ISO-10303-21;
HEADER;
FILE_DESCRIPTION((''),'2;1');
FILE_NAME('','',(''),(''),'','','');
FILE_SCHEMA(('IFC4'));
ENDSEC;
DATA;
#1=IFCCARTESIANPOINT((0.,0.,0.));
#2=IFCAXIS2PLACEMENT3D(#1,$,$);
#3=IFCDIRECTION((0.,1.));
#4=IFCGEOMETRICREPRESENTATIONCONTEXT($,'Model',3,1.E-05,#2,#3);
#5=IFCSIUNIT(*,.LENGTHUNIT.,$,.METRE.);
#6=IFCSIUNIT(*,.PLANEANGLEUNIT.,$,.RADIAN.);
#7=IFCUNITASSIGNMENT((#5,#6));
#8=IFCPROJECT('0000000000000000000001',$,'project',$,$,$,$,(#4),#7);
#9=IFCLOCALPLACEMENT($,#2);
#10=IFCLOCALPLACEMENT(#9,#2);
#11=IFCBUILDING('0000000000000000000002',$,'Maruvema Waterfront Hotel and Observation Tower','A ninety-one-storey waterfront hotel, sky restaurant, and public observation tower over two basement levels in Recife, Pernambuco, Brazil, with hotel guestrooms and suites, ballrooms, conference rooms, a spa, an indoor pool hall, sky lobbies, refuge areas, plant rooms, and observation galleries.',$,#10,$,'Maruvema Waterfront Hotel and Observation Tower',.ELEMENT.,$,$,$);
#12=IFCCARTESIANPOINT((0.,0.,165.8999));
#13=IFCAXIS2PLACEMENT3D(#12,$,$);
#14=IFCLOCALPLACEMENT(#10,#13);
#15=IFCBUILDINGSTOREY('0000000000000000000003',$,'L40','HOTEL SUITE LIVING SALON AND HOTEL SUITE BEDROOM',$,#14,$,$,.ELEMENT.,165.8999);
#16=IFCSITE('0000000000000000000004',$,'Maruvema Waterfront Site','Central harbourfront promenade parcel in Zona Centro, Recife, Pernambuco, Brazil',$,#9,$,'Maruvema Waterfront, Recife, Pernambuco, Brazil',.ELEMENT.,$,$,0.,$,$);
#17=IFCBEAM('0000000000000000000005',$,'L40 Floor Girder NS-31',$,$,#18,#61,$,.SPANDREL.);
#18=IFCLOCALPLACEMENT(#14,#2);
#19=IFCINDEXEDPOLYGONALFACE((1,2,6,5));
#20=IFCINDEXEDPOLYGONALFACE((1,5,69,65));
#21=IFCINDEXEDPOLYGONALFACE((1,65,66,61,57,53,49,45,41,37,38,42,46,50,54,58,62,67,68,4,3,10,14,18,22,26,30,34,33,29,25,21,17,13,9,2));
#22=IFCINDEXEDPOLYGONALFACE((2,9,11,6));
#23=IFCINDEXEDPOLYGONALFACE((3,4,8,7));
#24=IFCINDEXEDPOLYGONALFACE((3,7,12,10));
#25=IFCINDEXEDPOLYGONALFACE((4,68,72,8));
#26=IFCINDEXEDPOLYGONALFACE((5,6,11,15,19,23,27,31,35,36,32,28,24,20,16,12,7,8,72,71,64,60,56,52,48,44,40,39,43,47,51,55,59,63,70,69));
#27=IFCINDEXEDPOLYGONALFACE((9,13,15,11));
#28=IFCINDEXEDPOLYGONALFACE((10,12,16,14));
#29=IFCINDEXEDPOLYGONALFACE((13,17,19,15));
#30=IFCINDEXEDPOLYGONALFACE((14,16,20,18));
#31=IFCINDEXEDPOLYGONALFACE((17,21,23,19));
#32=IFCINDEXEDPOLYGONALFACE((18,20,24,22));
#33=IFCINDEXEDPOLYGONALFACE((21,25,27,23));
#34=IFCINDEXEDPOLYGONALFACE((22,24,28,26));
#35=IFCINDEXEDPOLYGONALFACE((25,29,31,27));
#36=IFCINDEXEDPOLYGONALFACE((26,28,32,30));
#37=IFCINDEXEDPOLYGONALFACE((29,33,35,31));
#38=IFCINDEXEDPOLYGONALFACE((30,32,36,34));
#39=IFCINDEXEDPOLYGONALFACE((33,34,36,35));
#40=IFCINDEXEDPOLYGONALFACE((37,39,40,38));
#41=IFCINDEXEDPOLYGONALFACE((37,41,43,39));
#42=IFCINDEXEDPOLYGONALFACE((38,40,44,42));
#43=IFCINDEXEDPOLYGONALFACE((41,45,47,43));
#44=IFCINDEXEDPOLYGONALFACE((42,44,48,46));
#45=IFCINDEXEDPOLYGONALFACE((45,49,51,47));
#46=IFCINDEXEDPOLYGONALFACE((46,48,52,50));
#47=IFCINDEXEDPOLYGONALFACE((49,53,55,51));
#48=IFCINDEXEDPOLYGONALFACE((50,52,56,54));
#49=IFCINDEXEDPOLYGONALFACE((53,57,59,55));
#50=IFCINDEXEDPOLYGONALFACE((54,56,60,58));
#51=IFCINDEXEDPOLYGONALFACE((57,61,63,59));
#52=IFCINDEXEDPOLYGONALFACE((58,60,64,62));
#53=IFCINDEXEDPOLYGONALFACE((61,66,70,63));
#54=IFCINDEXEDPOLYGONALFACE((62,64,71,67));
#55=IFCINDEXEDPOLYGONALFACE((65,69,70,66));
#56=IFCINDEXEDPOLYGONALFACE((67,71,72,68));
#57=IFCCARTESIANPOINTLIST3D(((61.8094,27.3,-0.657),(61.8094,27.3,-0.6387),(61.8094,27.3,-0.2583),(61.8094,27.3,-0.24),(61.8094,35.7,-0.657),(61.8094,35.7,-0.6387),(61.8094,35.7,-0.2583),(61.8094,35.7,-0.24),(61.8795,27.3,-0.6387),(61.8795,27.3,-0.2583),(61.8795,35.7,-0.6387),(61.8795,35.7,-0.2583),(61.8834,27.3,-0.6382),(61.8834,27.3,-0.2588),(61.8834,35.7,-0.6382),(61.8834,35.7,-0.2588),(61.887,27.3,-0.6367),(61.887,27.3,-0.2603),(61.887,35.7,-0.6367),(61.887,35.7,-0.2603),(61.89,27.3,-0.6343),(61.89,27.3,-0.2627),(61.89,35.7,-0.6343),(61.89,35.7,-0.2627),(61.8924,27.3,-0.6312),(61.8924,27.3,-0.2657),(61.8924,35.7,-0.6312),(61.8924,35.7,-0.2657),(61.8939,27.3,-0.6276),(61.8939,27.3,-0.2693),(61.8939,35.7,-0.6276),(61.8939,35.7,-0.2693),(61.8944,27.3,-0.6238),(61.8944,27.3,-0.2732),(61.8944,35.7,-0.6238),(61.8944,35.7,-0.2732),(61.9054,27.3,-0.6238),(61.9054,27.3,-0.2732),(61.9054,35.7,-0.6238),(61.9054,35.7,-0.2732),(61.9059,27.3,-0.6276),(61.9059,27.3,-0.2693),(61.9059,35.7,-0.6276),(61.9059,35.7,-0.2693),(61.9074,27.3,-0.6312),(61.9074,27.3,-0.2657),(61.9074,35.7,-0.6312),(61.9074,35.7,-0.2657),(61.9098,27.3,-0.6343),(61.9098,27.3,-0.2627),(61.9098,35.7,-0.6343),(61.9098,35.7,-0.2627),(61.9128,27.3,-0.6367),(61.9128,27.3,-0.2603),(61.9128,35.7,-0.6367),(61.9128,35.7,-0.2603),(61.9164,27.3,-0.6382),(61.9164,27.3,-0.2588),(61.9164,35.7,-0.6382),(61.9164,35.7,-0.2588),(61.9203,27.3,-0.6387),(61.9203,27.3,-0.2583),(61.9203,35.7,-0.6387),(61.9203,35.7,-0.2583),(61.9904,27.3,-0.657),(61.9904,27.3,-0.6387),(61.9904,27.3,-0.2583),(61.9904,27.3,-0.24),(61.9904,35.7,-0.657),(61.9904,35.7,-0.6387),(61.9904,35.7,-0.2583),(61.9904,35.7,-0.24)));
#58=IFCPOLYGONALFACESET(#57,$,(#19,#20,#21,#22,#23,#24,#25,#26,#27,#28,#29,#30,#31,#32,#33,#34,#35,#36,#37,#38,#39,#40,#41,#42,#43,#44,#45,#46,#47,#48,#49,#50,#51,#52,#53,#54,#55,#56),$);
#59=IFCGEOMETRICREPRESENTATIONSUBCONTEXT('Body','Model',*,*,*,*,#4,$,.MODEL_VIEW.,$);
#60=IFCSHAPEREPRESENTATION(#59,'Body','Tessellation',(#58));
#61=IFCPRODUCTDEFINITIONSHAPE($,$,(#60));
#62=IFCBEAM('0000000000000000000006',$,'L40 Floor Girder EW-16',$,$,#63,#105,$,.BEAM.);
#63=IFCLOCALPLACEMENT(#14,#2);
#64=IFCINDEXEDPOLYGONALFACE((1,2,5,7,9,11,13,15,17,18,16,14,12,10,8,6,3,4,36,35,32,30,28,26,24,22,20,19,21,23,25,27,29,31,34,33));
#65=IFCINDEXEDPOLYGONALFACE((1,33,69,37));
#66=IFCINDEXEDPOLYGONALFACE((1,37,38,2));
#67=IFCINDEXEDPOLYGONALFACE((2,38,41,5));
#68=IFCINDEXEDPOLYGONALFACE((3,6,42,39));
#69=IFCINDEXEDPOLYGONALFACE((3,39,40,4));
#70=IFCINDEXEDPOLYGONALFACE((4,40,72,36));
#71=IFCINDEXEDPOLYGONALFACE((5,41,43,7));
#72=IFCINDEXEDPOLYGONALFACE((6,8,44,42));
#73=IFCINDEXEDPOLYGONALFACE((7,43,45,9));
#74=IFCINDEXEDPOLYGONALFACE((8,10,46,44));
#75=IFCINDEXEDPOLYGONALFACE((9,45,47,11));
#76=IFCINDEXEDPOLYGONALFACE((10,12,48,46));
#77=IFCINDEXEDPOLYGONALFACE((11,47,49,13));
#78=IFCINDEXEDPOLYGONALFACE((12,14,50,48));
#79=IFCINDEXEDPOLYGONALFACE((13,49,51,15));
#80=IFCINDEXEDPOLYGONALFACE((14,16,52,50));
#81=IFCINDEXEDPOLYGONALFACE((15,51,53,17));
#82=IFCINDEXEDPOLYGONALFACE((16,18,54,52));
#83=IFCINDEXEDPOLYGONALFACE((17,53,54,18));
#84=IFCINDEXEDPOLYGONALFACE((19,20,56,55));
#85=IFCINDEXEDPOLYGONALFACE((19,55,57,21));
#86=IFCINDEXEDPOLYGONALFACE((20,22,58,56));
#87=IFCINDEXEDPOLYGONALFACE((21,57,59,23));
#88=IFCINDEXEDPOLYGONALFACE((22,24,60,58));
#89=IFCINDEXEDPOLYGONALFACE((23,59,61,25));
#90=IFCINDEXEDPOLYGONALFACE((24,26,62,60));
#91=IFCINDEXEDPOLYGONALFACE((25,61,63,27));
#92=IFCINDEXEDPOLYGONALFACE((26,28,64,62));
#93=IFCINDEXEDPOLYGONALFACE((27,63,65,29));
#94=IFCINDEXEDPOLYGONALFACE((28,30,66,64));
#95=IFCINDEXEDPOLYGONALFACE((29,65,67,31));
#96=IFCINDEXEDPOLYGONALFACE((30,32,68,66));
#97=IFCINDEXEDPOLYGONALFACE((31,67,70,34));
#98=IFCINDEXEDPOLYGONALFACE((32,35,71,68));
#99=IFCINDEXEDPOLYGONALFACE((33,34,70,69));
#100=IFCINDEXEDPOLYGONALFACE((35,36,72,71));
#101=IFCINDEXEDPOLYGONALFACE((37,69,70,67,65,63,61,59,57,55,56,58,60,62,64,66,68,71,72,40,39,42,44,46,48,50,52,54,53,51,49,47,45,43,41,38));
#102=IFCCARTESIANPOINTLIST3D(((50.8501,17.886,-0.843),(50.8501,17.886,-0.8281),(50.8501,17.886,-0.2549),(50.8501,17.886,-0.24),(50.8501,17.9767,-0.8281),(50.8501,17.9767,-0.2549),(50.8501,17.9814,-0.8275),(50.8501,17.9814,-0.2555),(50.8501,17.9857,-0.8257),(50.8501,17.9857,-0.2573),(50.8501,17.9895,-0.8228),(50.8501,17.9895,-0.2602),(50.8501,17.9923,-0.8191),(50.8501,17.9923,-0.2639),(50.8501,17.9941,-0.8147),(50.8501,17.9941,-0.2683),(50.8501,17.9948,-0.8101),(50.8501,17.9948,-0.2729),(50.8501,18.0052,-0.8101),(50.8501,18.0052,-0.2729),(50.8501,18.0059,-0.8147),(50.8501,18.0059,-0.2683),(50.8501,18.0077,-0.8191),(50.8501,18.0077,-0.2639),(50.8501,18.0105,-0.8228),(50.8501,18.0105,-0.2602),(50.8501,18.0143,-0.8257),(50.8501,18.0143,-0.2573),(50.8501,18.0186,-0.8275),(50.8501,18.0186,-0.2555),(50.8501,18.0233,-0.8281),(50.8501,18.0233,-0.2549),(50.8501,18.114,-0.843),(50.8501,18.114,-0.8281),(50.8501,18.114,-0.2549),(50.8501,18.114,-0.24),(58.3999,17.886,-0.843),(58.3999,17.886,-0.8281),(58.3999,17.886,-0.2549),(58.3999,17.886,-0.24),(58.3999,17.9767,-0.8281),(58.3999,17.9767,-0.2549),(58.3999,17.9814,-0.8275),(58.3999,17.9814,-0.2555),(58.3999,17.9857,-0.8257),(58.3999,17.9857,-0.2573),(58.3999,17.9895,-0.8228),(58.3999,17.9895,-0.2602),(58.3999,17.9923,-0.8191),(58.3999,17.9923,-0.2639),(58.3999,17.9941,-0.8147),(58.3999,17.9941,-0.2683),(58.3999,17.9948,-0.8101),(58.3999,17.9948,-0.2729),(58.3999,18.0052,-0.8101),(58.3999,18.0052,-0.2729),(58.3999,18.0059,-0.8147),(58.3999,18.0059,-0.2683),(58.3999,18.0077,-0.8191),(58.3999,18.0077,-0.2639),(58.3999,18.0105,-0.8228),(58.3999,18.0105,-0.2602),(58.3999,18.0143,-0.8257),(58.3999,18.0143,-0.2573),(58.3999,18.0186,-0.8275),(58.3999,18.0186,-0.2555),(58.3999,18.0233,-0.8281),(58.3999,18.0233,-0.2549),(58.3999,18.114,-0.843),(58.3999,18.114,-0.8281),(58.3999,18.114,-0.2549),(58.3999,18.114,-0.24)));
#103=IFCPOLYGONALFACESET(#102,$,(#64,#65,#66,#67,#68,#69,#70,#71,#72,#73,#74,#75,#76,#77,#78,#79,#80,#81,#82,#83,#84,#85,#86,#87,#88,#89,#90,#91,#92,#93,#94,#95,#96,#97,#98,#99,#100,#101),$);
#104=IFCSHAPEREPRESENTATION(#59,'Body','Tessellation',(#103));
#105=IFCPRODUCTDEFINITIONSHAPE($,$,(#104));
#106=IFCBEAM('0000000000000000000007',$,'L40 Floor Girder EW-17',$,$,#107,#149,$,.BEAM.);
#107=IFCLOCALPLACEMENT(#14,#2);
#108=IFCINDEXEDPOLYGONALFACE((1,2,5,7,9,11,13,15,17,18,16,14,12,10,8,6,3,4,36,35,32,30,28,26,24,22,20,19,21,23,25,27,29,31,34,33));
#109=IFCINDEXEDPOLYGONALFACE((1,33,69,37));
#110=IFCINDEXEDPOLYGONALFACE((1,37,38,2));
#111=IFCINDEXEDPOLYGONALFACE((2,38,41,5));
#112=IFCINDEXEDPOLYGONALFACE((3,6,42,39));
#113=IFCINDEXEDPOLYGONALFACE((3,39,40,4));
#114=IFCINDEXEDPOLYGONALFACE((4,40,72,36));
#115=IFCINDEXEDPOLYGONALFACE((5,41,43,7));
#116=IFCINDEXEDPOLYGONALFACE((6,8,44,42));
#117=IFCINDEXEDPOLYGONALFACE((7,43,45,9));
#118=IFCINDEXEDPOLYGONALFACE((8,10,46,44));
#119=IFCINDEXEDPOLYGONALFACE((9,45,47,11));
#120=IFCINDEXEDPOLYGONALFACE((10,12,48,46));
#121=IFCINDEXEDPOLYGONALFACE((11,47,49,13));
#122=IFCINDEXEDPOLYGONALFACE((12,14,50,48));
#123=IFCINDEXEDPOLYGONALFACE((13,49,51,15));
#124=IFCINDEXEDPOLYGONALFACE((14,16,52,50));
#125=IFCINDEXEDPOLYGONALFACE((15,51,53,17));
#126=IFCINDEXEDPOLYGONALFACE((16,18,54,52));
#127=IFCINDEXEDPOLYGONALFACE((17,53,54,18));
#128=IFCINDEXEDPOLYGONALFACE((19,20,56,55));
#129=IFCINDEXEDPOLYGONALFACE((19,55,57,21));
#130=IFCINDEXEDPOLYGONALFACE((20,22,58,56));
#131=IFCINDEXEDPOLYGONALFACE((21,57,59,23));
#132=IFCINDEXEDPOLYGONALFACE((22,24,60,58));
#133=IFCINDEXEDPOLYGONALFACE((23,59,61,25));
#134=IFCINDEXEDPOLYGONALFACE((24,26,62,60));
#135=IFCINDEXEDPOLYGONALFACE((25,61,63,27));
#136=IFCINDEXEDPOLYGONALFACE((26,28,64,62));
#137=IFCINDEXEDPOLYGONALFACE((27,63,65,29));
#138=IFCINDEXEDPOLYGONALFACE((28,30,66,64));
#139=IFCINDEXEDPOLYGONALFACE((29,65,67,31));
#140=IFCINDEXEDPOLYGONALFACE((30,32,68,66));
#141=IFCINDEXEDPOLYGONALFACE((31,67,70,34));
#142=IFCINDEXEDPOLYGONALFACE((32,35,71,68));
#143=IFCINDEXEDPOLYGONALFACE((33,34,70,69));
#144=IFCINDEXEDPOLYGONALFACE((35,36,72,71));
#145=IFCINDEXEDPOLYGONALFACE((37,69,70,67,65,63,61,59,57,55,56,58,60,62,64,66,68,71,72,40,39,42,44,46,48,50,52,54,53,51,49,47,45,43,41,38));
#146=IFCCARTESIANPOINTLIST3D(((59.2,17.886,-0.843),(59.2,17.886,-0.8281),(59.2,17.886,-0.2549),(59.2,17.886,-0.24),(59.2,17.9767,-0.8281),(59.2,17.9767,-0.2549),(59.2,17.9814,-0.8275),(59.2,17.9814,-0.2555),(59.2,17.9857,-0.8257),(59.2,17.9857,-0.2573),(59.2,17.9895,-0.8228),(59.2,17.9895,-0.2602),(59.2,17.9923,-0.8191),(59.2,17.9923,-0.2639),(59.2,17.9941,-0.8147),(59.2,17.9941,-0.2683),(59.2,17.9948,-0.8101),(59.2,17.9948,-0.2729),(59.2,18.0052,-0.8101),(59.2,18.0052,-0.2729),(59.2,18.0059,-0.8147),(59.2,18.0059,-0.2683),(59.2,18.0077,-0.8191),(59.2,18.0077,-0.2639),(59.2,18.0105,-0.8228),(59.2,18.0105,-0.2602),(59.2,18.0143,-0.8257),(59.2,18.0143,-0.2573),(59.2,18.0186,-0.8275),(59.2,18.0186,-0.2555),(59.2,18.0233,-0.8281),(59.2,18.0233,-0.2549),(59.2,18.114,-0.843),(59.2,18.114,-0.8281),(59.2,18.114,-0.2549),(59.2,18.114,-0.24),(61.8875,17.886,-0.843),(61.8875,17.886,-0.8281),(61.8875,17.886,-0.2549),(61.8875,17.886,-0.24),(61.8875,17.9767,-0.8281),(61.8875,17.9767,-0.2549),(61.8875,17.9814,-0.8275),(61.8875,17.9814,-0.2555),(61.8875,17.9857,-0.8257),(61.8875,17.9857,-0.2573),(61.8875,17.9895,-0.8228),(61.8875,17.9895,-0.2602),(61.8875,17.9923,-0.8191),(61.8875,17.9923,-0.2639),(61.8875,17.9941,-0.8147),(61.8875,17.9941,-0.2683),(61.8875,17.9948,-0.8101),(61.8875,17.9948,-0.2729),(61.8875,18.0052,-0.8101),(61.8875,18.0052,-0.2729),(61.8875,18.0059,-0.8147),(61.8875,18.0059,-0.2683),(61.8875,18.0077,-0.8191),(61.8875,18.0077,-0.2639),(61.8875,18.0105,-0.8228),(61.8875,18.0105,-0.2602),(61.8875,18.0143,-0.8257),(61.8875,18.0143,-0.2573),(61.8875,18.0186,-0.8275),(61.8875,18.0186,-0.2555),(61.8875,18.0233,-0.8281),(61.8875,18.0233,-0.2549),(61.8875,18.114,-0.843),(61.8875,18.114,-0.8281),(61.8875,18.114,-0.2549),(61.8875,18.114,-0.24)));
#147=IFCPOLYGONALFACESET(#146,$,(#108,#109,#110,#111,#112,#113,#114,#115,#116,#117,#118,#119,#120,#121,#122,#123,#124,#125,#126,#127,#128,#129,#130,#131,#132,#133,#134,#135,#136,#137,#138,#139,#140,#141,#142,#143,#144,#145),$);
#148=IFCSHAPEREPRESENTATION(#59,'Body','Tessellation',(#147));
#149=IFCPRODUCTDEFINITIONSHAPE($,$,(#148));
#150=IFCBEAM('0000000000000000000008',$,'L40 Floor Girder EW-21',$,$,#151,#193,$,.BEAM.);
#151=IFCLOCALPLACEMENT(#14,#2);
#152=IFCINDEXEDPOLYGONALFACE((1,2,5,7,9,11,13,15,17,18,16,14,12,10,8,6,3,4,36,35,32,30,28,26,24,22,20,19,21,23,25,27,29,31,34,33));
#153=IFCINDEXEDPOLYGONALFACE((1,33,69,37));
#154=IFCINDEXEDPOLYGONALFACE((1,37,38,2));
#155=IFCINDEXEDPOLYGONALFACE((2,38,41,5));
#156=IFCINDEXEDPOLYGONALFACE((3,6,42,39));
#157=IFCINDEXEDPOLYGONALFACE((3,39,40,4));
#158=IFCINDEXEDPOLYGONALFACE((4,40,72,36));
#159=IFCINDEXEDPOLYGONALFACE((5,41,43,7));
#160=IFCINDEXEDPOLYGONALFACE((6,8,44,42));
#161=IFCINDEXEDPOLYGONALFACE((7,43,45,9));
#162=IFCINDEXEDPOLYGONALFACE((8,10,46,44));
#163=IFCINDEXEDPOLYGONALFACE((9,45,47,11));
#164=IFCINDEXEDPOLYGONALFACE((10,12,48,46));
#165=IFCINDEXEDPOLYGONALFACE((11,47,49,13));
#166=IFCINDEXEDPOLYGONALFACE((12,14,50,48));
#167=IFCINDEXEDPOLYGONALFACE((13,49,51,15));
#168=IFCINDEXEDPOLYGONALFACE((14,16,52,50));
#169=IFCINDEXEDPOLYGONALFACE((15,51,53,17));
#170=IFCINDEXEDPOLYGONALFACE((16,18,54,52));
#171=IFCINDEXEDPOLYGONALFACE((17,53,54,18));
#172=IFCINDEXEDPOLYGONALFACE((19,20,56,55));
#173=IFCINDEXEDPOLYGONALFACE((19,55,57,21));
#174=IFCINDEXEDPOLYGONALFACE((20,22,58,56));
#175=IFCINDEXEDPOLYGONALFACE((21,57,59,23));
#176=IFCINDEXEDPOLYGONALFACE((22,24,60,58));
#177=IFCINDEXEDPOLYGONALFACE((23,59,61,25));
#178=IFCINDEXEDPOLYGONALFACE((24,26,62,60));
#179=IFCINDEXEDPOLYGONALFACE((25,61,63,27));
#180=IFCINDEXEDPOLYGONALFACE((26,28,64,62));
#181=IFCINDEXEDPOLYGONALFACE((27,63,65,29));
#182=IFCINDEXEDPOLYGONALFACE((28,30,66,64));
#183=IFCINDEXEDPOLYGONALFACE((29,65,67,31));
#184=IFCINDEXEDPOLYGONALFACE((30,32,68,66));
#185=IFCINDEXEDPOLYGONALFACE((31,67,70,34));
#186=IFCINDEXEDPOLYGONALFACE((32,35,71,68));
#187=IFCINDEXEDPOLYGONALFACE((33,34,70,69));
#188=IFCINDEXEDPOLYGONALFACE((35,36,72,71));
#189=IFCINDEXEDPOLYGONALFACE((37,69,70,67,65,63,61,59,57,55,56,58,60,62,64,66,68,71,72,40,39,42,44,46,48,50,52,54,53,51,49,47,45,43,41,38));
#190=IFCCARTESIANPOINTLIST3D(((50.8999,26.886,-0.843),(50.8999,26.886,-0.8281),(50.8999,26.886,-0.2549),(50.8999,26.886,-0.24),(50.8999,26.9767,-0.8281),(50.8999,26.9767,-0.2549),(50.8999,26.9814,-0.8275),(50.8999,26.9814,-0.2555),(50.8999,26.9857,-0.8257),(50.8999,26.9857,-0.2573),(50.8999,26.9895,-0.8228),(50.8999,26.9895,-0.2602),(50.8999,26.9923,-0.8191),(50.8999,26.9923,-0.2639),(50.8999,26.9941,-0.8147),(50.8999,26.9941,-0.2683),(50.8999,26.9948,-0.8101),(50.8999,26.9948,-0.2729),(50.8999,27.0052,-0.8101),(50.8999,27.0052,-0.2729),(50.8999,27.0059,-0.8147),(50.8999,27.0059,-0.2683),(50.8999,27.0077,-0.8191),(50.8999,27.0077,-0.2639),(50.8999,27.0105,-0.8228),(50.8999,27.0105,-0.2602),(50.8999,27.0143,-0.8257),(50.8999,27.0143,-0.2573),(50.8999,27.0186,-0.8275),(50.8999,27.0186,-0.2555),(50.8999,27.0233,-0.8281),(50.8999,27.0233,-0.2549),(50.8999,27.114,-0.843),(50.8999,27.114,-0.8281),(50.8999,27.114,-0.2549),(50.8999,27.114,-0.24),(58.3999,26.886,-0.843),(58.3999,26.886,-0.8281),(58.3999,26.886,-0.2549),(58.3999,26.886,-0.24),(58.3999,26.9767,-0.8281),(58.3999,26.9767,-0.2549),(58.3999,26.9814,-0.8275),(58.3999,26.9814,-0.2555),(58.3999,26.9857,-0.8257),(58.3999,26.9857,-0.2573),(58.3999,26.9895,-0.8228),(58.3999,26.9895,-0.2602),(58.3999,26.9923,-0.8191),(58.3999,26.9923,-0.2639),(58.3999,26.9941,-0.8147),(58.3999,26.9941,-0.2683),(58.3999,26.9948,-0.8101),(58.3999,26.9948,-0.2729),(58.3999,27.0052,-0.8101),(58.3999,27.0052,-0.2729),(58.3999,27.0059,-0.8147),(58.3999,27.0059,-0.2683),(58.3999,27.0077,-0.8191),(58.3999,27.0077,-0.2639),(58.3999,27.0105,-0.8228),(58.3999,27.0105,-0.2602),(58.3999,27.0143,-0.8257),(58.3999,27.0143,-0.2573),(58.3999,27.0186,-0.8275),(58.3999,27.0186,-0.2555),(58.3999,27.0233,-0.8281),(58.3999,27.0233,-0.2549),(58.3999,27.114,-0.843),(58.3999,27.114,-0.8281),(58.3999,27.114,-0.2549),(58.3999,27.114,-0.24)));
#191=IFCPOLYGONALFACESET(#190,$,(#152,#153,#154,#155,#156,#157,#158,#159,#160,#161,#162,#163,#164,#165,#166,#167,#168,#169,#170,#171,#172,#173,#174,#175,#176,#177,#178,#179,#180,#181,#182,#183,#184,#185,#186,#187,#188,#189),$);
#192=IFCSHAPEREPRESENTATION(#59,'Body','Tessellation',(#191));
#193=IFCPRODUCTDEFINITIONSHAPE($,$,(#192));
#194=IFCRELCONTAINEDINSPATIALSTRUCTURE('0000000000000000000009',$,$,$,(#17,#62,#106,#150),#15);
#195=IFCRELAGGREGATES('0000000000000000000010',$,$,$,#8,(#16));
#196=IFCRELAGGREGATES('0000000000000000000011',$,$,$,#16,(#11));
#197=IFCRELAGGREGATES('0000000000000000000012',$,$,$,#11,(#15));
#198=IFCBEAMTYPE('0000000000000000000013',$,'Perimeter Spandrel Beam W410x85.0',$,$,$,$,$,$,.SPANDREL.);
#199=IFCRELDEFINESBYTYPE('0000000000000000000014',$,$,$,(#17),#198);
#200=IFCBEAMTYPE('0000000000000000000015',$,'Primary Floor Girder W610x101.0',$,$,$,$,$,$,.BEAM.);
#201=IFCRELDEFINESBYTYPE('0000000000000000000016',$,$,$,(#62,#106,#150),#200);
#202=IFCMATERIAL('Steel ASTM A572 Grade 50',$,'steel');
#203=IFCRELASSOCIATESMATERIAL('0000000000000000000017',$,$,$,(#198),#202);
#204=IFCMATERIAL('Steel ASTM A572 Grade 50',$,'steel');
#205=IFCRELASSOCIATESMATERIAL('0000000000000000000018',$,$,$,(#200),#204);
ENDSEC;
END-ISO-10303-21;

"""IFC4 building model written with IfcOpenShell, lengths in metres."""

from ifc_helpers import new_model, si_unit, direction, frame, origin, origin_2d, place, context, subcontext, project, spatial, i_section, extrude, material, material_profile, profile_set, type_object, element, save


model = new_model("IFC4")

# Units and contexts
model_context = context("Model", 3, precision=1e-05, world=origin(), true_north=direction((0.0, 1.0)))
body_context = subcontext(model_context, "Body", "Model", "MODEL_VIEW")
ifc_project = project(units=[si_unit("LENGTHUNIT", "METRE"), si_unit("PLANEANGLEUNIT", "RADIAN")], contexts=[model_context])

# Site, building, storey
site_placement = place(None, origin())
site = spatial("IfcSite", under=ifc_project, at=site_placement, Name="Maruvema Waterfront Site", Description="Central harbourfront promenade parcel in Zona Centro, Recife, Pernambuco, Brazil", LongName="Maruvema Waterfront, Recife, Pernambuco, Brazil", CompositionType="ELEMENT", RefElevation=0.0)
building_placement = place(site_placement, origin())
building = spatial("IfcBuilding", under=site, at=building_placement, Name="Maruvema Waterfront Hotel and Observation Tower", Description="A ninety-one-storey waterfront hotel, sky restaurant, and public observation tower over two basement levels in Recife, Pernambuco, Brazil, with hotel guestrooms and suites, ballrooms, conference rooms, a spa, an indoor pool hall, sky lobbies, refuge areas, plant rooms, and observation galleries.", LongName="Maruvema Waterfront Hotel and Observation Tower", CompositionType="ELEMENT")
storey_placement = place(building_placement, frame((0.0, 0.0, 165.8999)))
storey = spatial("IfcBuildingStorey", under=building, at=storey_placement, Name="L40", Description="HOTEL SUITE LIVING SALON AND HOTEL SUITE BEDROOM", CompositionType="ELEMENT", Elevation=165.8999)

# Beams
ifc_material_1 = material(Name="Steel ASTM A572 Grade 50", Category="steel")
ifc_material_profile_1 = material_profile(ifc_material_1, i_section(OverallWidth=0.1809, OverallDepth=0.417, WebThickness=0.011, FlangeThickness=0.0183, FilletRadius=0.0149, at=origin_2d()), Name="W410x85.0")
ifc_profile_set_1 = profile_set([ifc_material_profile_1], Name="Steel ASTM A572 Grade 50")
beam_type_1 = type_object("IfcBeamType", Name="Perimeter Spandrel Beam W410x85.0", PredefinedType="SPANDREL", material=ifc_profile_set_1)
for number, where, z_axis, x_axis, name in (
    (1, (61.8999, 27.3, -0.4485), (0.0, 1.0, 0.0), (-1.0, 0.0, 0.0), "L40 Floor Girder NS-31"),
):
    element("IfcBeam", number, at=place(storey_placement, frame(where, z_axis=z_axis, x_axis=x_axis)), inside=storey, type_object=beam_type_1, Name=name, PredefinedType="SPANDREL", context=body_context, shape_type="SweptSolid", body=[
        extrude(i_section(OverallWidth=0.1809, OverallDepth=0.417, WebThickness=0.011, FlangeThickness=0.0183, FilletRadius=0.0149, at=origin_2d()), origin(), (0.0, 0.0, 1.0), 8.3999),
    ])
ifc_material_2 = material(Name="Steel ASTM A572 Grade 50", Category="steel")
ifc_material_profile_2 = material_profile(ifc_material_2, i_section(OverallWidth=0.228, OverallDepth=0.603, WebThickness=0.0105, FlangeThickness=0.0149, FilletRadius=0.0181, at=origin_2d()), Name="W610x101.0")
ifc_profile_set_2 = profile_set([ifc_material_profile_2], Name="Steel ASTM A572 Grade 50")
beam_type_2 = type_object("IfcBeamType", Name="Primary Floor Girder W610x101.0", PredefinedType="BEAM", material=ifc_profile_set_2)
beam_1_placement = place(storey_placement, frame((50.8501, 18.0, -0.5415), z_axis=(1.0, 0.0, 0.0), x_axis=(0.0, 1.0, 0.0)))
element("IfcBeam", 2, at=beam_1_placement, inside=storey, type_object=beam_type_2, Name="L40 Floor Girder EW-16", PredefinedType="BEAM", context=body_context, shape_type="SweptSolid", body=[
    extrude(i_section(OverallWidth=0.228, OverallDepth=0.603, WebThickness=0.0105, FlangeThickness=0.0149, FilletRadius=0.0181, at=origin_2d()), origin(), (0.0, 0.0, 1.0), 7.5498),
])
beam_2_placement = place(storey_placement, frame((59.2, 18.0, -0.5415), z_axis=(1.0, 0.0, 0.0), x_axis=(0.0, 1.0, 0.0)))
element("IfcBeam", 3, at=beam_2_placement, inside=storey, type_object=beam_type_2, Name="L40 Floor Girder EW-17", PredefinedType="BEAM", context=body_context, shape_type="SweptSolid", body=[
    extrude(i_section(OverallWidth=0.228, OverallDepth=0.603, WebThickness=0.0105, FlangeThickness=0.0149, FilletRadius=0.0181, at=origin_2d()), origin(), (0.0, 0.0, 1.0), 2.6875),
])
beam_3_placement = place(storey_placement, frame((50.8999, 27.0, -0.5415), z_axis=(1.0, 0.0, 0.0), x_axis=(0.0, 1.0, 0.0)))
element("IfcBeam", 4, at=beam_3_placement, inside=storey, type_object=beam_type_2, Name="L40 Floor Girder EW-21", PredefinedType="BEAM", context=body_context, shape_type="SweptSolid", body=[
    extrude(i_section(OverallWidth=0.228, OverallDepth=0.603, WebThickness=0.0105, FlangeThickness=0.0149, FilletRadius=0.0181, at=origin_2d()), origin(), (0.0, 0.0, 1.0), 7.5),
])

save(model, "model.ifc")
